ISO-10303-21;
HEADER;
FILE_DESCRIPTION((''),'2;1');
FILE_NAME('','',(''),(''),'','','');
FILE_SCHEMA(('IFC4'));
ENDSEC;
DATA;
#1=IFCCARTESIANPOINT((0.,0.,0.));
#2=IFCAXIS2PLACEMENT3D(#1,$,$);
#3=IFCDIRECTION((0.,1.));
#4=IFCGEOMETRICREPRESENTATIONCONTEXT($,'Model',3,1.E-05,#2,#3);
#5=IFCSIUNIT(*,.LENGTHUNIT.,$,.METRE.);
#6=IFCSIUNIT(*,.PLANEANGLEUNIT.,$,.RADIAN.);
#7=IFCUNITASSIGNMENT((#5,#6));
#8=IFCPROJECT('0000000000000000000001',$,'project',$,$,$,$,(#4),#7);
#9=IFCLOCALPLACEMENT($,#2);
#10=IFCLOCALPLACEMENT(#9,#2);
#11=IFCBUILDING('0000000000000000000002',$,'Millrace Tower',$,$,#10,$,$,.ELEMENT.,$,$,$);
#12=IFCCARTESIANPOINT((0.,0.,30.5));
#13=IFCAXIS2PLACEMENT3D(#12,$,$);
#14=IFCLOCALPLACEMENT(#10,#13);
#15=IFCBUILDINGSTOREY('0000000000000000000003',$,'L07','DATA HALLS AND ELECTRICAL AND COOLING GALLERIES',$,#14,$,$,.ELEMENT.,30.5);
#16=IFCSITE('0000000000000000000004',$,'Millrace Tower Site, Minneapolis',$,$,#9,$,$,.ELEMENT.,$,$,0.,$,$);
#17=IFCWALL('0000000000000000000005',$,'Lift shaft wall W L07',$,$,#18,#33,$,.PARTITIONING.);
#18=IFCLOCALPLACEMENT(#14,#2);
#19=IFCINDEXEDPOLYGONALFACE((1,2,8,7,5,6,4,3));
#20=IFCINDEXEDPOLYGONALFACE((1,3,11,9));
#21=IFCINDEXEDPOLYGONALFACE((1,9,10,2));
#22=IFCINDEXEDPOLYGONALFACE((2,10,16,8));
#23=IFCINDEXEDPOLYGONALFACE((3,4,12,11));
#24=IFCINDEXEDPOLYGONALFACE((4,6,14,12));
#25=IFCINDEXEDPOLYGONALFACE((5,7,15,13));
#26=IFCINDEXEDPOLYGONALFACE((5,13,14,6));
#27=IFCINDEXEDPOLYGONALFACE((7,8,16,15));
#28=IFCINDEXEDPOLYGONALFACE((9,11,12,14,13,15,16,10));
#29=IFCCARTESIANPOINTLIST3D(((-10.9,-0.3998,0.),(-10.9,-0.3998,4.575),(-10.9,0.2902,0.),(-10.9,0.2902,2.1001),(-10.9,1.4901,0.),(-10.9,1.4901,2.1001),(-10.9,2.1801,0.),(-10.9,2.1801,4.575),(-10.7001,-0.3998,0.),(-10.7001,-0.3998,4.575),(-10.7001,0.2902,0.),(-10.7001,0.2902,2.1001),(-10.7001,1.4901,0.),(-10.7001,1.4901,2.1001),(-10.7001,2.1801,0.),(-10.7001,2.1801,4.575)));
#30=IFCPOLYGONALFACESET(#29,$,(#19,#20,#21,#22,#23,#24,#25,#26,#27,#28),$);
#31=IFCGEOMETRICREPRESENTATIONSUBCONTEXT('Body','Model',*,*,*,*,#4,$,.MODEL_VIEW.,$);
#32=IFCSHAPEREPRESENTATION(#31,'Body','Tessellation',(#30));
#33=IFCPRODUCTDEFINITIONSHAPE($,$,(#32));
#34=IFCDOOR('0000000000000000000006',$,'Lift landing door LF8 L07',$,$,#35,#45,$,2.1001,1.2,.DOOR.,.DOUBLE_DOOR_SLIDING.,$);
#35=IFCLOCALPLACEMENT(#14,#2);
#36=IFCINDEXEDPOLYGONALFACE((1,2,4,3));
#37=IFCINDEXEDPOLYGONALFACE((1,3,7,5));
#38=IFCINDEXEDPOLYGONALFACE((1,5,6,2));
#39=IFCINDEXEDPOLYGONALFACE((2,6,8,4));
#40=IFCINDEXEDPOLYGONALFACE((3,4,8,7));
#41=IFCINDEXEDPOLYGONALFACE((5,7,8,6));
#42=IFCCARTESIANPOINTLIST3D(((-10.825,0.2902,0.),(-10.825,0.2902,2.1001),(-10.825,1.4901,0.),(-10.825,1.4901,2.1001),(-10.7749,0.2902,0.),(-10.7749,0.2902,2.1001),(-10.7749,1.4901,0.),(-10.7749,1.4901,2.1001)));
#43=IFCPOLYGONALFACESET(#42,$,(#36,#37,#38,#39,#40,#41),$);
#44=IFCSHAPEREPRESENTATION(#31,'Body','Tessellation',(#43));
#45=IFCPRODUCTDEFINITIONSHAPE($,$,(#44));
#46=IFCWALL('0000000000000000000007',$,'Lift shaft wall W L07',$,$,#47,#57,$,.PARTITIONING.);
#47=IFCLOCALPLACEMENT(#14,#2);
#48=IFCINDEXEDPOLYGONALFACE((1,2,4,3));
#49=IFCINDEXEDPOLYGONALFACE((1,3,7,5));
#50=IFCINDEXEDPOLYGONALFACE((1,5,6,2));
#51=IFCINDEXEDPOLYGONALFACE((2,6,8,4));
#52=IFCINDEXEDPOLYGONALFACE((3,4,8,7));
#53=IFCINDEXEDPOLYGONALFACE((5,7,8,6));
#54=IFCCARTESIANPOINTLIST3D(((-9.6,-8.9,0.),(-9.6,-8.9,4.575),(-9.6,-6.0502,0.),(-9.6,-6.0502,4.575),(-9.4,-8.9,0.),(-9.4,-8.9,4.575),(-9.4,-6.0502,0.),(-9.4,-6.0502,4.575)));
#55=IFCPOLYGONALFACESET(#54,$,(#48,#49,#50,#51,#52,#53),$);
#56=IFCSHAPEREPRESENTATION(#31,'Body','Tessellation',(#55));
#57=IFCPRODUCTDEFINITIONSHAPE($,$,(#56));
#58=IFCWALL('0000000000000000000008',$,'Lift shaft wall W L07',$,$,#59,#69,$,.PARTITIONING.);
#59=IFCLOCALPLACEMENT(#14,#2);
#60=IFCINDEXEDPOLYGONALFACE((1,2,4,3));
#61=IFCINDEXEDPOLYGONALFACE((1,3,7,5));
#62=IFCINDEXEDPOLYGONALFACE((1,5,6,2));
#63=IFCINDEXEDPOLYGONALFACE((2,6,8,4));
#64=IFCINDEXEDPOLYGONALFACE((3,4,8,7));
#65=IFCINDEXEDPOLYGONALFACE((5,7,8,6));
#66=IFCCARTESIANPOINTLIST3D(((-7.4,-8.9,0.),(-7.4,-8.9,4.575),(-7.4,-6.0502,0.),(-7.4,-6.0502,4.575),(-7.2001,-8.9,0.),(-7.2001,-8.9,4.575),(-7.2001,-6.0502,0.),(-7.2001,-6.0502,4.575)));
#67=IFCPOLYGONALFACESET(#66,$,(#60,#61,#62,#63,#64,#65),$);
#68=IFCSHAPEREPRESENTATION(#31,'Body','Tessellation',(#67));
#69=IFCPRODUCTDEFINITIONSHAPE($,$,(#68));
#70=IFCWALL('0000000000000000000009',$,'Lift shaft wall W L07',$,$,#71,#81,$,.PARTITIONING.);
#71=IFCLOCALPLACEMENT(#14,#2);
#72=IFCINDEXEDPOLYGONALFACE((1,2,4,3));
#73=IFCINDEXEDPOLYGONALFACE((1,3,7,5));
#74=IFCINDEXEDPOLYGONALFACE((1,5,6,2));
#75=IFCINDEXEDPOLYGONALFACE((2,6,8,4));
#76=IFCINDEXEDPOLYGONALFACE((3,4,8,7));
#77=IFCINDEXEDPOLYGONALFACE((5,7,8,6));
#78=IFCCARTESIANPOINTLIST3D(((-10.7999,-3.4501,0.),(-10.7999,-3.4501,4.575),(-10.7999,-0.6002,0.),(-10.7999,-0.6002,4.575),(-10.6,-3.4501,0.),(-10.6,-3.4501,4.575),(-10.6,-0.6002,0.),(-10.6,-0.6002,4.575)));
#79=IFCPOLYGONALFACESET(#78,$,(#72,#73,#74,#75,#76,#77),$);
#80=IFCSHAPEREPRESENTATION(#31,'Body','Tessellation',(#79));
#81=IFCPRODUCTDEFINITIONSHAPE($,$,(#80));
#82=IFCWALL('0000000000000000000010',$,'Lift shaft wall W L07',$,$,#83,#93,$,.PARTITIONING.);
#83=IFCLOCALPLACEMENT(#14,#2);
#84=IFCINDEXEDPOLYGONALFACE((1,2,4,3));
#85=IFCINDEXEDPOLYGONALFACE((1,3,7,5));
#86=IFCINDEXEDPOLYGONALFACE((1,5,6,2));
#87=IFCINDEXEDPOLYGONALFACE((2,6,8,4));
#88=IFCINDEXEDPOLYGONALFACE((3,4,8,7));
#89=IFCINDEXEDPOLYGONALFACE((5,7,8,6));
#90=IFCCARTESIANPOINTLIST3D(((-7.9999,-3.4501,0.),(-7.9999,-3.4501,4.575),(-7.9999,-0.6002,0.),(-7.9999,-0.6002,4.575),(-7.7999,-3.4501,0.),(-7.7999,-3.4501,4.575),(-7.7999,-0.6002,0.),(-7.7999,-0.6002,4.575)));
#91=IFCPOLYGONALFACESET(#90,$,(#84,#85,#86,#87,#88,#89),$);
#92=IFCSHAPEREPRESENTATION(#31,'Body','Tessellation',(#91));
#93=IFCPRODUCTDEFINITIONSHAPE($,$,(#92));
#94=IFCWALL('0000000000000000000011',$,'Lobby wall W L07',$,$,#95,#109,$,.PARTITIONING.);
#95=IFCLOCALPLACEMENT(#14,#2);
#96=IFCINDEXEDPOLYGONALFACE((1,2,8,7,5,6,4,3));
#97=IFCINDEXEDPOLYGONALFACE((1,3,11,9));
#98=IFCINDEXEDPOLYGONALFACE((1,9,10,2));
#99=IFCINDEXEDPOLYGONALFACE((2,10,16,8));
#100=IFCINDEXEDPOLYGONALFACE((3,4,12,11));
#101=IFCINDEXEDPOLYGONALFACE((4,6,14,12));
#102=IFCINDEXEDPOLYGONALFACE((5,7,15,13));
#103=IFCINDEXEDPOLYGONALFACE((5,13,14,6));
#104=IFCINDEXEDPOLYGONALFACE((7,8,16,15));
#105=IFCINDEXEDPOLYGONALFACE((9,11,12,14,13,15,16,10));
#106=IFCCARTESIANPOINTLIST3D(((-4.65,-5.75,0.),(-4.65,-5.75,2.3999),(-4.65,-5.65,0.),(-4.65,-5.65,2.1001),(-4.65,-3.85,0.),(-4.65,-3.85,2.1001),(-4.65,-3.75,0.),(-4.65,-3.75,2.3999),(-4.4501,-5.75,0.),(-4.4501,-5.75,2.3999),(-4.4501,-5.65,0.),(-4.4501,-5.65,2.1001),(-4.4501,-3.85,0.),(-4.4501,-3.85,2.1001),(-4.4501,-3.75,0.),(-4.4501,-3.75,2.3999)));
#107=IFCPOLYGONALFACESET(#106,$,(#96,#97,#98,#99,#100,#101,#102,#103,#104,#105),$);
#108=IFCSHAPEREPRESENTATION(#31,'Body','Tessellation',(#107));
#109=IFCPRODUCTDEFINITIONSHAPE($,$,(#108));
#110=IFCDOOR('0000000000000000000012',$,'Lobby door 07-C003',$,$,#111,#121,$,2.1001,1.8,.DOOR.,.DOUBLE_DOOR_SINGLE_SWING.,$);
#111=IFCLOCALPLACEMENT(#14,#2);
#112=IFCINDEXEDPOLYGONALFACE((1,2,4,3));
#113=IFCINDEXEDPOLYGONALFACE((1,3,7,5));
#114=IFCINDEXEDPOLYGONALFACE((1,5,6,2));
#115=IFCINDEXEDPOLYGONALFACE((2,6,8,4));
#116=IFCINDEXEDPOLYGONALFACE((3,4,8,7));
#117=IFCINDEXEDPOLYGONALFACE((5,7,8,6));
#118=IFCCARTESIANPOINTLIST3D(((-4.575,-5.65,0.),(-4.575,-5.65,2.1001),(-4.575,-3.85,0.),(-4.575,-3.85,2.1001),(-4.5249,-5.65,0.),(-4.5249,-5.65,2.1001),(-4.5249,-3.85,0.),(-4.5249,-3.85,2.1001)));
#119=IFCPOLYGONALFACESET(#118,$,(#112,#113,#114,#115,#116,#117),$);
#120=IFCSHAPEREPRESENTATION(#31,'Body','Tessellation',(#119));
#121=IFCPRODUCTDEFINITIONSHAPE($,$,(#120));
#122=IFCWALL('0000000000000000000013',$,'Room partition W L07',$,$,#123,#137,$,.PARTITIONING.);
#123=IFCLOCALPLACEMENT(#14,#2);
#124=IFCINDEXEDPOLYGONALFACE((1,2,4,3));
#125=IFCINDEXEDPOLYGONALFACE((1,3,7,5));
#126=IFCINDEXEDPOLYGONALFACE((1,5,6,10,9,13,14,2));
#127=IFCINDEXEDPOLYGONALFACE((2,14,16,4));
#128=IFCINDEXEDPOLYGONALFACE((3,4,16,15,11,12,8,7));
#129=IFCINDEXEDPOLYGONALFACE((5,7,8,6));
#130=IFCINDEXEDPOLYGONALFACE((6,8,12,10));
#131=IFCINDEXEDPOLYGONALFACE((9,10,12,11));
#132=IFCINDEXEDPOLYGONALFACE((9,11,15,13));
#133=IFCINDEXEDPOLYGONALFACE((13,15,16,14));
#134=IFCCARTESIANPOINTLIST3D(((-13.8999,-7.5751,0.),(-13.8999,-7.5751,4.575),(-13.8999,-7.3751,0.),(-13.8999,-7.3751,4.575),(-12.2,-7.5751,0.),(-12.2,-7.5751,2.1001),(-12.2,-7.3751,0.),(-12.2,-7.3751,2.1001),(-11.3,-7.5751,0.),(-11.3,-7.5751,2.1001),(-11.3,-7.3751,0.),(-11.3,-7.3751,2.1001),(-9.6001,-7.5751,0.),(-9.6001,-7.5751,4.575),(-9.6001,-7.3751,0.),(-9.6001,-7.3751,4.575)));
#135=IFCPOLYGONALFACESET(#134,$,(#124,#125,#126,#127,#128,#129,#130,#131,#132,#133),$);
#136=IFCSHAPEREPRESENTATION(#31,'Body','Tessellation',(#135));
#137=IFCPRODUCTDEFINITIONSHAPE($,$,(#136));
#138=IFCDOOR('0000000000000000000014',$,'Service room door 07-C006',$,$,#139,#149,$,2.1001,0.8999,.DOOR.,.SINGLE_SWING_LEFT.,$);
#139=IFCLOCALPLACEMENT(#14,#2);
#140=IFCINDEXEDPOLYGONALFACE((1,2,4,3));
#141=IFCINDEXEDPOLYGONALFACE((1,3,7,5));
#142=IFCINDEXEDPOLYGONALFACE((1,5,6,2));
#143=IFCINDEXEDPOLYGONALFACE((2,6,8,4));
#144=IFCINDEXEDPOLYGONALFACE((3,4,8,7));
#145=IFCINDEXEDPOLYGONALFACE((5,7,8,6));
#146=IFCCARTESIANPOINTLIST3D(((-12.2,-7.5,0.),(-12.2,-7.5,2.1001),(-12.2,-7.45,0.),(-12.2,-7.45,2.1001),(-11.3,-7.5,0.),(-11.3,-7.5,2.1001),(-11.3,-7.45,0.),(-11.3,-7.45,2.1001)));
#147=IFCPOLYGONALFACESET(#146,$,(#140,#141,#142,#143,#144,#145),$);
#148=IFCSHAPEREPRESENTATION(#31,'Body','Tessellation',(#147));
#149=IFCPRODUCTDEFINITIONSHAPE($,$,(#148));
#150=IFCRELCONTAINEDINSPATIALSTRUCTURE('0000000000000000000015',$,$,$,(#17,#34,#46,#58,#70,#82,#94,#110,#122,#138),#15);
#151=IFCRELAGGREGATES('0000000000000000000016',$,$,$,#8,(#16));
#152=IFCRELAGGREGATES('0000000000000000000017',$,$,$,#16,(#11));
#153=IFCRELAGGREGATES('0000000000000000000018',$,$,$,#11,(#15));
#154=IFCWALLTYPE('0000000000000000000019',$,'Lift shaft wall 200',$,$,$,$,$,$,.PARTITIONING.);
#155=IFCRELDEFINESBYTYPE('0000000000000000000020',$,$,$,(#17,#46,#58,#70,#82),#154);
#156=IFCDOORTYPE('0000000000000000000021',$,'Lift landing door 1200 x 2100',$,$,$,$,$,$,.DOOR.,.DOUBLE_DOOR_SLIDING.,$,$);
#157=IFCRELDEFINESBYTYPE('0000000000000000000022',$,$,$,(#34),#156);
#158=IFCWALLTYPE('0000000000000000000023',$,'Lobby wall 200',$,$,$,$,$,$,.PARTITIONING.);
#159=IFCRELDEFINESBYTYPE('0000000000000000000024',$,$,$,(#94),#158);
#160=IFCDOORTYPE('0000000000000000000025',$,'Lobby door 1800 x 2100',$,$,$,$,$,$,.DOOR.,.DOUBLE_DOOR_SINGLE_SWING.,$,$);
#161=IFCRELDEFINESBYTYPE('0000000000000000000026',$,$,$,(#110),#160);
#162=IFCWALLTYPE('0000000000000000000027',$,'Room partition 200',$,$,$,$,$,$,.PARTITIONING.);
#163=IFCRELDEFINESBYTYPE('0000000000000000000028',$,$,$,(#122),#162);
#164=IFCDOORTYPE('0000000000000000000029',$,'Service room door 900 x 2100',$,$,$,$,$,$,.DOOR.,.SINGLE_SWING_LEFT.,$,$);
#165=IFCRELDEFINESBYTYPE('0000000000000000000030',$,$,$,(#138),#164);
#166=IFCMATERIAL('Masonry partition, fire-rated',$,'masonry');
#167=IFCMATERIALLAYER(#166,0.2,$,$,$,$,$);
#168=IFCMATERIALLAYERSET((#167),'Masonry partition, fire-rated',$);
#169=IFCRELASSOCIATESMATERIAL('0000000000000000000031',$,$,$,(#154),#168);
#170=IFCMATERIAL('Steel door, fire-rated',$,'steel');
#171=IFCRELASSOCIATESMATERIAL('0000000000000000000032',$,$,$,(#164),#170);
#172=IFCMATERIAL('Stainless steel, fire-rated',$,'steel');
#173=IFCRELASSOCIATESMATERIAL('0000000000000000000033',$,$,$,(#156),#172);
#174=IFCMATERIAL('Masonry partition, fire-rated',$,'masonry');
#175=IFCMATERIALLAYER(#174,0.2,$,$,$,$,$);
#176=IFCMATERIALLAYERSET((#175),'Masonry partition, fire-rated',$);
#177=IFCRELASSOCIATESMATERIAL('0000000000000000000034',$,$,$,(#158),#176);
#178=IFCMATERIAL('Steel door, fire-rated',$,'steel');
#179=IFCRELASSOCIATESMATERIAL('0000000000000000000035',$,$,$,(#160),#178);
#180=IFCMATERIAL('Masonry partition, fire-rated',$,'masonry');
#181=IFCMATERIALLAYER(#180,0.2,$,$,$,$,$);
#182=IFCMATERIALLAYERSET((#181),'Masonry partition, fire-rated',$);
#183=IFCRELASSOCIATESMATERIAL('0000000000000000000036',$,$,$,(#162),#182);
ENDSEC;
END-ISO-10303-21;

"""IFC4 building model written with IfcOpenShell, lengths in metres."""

from ifc_helpers import new_model, si_unit, direction, frame, frame_2d, origin, place, context, subcontext, project, spatial, rectangle, extrude, material, layer, layer_set, type_object, element, fill, save


model = new_model("IFC4")

# Units and contexts
model_context = context("Model", 3, precision=1e-05, world=origin(), true_north=direction((0.0, 1.0)))
body_context = subcontext(model_context, "Body", "Model", "MODEL_VIEW")
ifc_project = project(units=[si_unit("LENGTHUNIT", "METRE"), si_unit("PLANEANGLEUNIT", "RADIAN")], contexts=[model_context])

# Site, building, storey
site_placement = place(None, origin())
site = spatial("IfcSite", under=ifc_project, at=site_placement, Name="Millrace Tower Site, Minneapolis", CompositionType="ELEMENT", RefElevation=0.0)
building_placement = place(site_placement, origin())
building = spatial("IfcBuilding", under=site, at=building_placement, Name="Millrace Tower", CompositionType="ELEMENT")
storey_placement = place(building_placement, frame((0.0, 0.0, 30.5)))
storey = spatial("IfcBuildingStorey", under=building, at=storey_placement, Name="L07", Description="DATA HALLS AND ELECTRICAL AND COOLING GALLERIES", CompositionType="ELEMENT", Elevation=30.5)

# Shared definitions
ifc_material_1 = material(Name="Masonry partition, fire-rated", Category="masonry")
ifc_layer_1 = layer(ifc_material_1, 0.2)
ifc_layer_set_1 = layer_set([ifc_layer_1], Name="Masonry partition, fire-rated")
wall_type_1 = type_object("IfcWallType", Name="Lift shaft wall 200", PredefinedType="PARTITIONING", material=ifc_layer_set_1)
ifc_material_2 = material(Name="Steel door, fire-rated", Category="steel")
door_type_1 = type_object("IfcDoorType", Name="Service room door 900 x 2100", OperationType="SINGLE_SWING_LEFT", PredefinedType="DOOR", material=ifc_material_2)

# Shared definitions
ifc_material_3 = material(Name="Stainless steel, fire-rated", Category="steel")
door_type_2 = type_object("IfcDoorType", Name="Lift landing door 1200 x 2100", OperationType="DOUBLE_DOOR_SLIDING", PredefinedType="DOOR", material=ifc_material_3)

# Wall, opening, door
wall_1_placement = place(storey_placement, frame((-10.8, -0.3999, 0.0), z_axis=(0.0, 0.0, 1.0), x_axis=(0.0, 1.0, 0.0)))
wall_1 = element("IfcWall", 1, at=wall_1_placement, inside=storey, type_object=wall_type_1, Name="Lift shaft wall W L07", PredefinedType="PARTITIONING", context=body_context, shape_type="SweptSolid", body=[
    extrude(rectangle(XDim=2.5798, YDim=0.2, at=frame_2d((1.29, 0.0))), origin(), (0.0, 0.0, 1.0), 4.575),
])
opening_1_placement = place(wall_1_placement, frame((0.6899, 0.0, 0.0)))
opening_1 = element("IfcOpeningElement", 2, at=opening_1_placement, cuts=wall_1, PredefinedType="OPENING", context=body_context, shape_type="SweptSolid", body=[
    extrude(rectangle(XDim=1.2, YDim=2.1001, at=frame_2d((0.6001, 1.05))), frame((0.0, 0.1099, 0.0), z_axis=(0.0, -1.0, 0.0), x_axis=(1.0, 0.0, 0.0)), (0.0, 0.0, 1.0), 0.22),
])
door_1_placement = place(opening_1_placement, origin())
door_1 = element("IfcDoor", 3, at=door_1_placement, inside=storey, type_object=door_type_2, Name="Lift landing door LF8 L07", OperationType="DOUBLE_DOOR_SLIDING", OverallHeight=2.1001, OverallWidth=1.2, PredefinedType="DOOR", context=body_context, shape_type="SweptSolid", body=[
    extrude(rectangle(XDim=1.2, YDim=2.1001, at=frame_2d((0.6001, 1.05))), frame((0.0, 0.0249, 0.0), z_axis=(0.0, -1.0, 0.0), x_axis=(1.0, 0.0, 0.0)), (0.0, 0.0, 1.0), 0.05),
])
fill(opening_1, door_1)

# Walls
for number, where, z_axis, x_axis, name in (
    (4, (-9.5, -8.8999, 0.0), (0.0, 0.0, 1.0), (0.0, 1.0, 0.0), "Lift shaft wall W L07"),
    (5, (-7.3, -8.8999, 0.0), (0.0, 0.0, 1.0), (0.0, 1.0, 0.0), "Lift shaft wall W L07"),
    (6, (-10.7, -3.45, 0.0), (0.0, 0.0, 1.0), (0.0, 1.0, 0.0), "Lift shaft wall W L07"),
    (7, (-7.8999, -3.45, 0.0), (0.0, 0.0, 1.0), (0.0, 1.0, 0.0), "Lift shaft wall W L07"),
):
    element("IfcWall", number, at=place(storey_placement, frame(where, z_axis=z_axis, x_axis=x_axis)), inside=storey, type_object=wall_type_1, Name=name, PredefinedType="PARTITIONING", context=body_context, shape_type="SweptSolid", body=[
        extrude(rectangle(XDim=2.8499, YDim=0.2, at=frame_2d((1.4248, 0.0))), origin(), (0.0, 0.0, 1.0), 4.575),
    ])

# Walls, openings, doors
ifc_material_4 = material(Name="Masonry partition, fire-rated", Category="masonry")
ifc_layer_2 = layer(ifc_material_4, 0.2)
ifc_layer_set_2 = layer_set([ifc_layer_2], Name="Masonry partition, fire-rated")
wall_type_2 = type_object("IfcWallType", Name="Lobby wall 200", PredefinedType="PARTITIONING", material=ifc_layer_set_2)
wall_2_placement = place(storey_placement, frame((-4.55, -5.75, 0.0), z_axis=(0.0, 0.0, 1.0), x_axis=(0.0, 1.0, 0.0)))
wall_2 = element("IfcWall", 8, at=wall_2_placement, inside=storey, type_object=wall_type_2, Name="Lobby wall W L07", PredefinedType="PARTITIONING", context=body_context, shape_type="SweptSolid", body=[
    extrude(rectangle(XDim=2.0, YDim=0.2, at=frame_2d((1.0, 0.0))), origin(), (0.0, 0.0, 1.0), 2.3999),
])
opening_2_placement = place(wall_2_placement, frame((0.1001, 0.0, 0.0)))
opening_2 = element("IfcOpeningElement", 9, at=opening_2_placement, cuts=wall_2, PredefinedType="OPENING", context=body_context, shape_type="SweptSolid", body=[
    extrude(rectangle(XDim=1.8, YDim=2.1001, at=frame_2d((0.8999, 1.05))), frame((0.0, 0.1099, 0.0), z_axis=(0.0, -1.0, 0.0), x_axis=(1.0, 0.0, 0.0)), (0.0, 0.0, 1.0), 0.22),
])
ifc_material_5 = material(Name="Steel door, fire-rated", Category="steel")
door_type_3 = type_object("IfcDoorType", Name="Lobby door 1800 x 2100", OperationType="DOUBLE_DOOR_SINGLE_SWING", PredefinedType="DOOR", material=ifc_material_5)
door_2_placement = place(opening_2_placement, origin())
door_2 = element("IfcDoor", 10, at=door_2_placement, inside=storey, type_object=door_type_3, Name="Lobby door 07-C003", OperationType="DOUBLE_DOOR_SINGLE_SWING", OverallHeight=2.1001, OverallWidth=1.8, PredefinedType="DOOR", context=body_context, shape_type="SweptSolid", body=[
    extrude(rectangle(XDim=1.8, YDim=2.1001, at=frame_2d((0.8999, 1.05))), frame((0.0, 0.0249, 0.0), z_axis=(0.0, -1.0, 0.0), x_axis=(1.0, 0.0, 0.0)), (0.0, 0.0, 1.0), 0.05),
])
fill(opening_2, door_2)
ifc_material_6 = material(Name="Masonry partition, fire-rated", Category="masonry")
ifc_layer_3 = layer(ifc_material_6, 0.2)
ifc_layer_set_3 = layer_set([ifc_layer_3], Name="Masonry partition, fire-rated")
wall_type_3 = type_object("IfcWallType", Name="Room partition 200", PredefinedType="PARTITIONING", material=ifc_layer_set_3)
wall_3_placement = place(storey_placement, frame((-13.8999, -7.4751, 0.0), z_axis=(0.0, 0.0, 1.0), x_axis=(1.0, 0.0, 0.0)))
wall_3 = element("IfcWall", 11, at=wall_3_placement, inside=storey, type_object=wall_type_3, Name="Room partition W L07", PredefinedType="PARTITIONING", context=body_context, shape_type="SweptSolid", body=[
    extrude(rectangle(XDim=4.2998, YDim=0.2, at=frame_2d((2.1499, 0.0))), origin(), (0.0, 0.0, 1.0), 4.575),
])
opening_3_placement = place(wall_3_placement, frame((1.7, 0.0, 0.0)))
opening_3 = element("IfcOpeningElement", 12, at=opening_3_placement, cuts=wall_3, PredefinedType="OPENING", context=body_context, shape_type="SweptSolid", body=[
    extrude(rectangle(XDim=0.8999, YDim=2.1001, at=frame_2d((0.45, 1.05))), frame((0.0, 0.1099, 0.0), z_axis=(0.0, -1.0, 0.0), x_axis=(1.0, 0.0, 0.0)), (0.0, 0.0, 1.0), 0.22),
])
door_3_placement = place(opening_3_placement, frame((0.8999, 0.0, 0.0), z_axis=(0.0, 0.0, 1.0), x_axis=(-1.0, 0.0, 0.0)))
door_3 = element("IfcDoor", 13, at=door_3_placement, inside=storey, type_object=door_type_1, Name="Service room door 07-C006", OperationType="SINGLE_SWING_LEFT", OverallHeight=2.1001, OverallWidth=0.8999, PredefinedType="DOOR", context=body_context, shape_type="SweptSolid", body=[
    extrude(rectangle(XDim=0.8999, YDim=2.1001, at=frame_2d((0.45, 1.05))), frame((0.0, 0.0249, 0.0), z_axis=(0.0, -1.0, 0.0), x_axis=(1.0, 0.0, 0.0)), (0.0, 0.0, 1.0), 0.05),
])
fill(opening_3, door_3)

save(model, "model.ifc")
